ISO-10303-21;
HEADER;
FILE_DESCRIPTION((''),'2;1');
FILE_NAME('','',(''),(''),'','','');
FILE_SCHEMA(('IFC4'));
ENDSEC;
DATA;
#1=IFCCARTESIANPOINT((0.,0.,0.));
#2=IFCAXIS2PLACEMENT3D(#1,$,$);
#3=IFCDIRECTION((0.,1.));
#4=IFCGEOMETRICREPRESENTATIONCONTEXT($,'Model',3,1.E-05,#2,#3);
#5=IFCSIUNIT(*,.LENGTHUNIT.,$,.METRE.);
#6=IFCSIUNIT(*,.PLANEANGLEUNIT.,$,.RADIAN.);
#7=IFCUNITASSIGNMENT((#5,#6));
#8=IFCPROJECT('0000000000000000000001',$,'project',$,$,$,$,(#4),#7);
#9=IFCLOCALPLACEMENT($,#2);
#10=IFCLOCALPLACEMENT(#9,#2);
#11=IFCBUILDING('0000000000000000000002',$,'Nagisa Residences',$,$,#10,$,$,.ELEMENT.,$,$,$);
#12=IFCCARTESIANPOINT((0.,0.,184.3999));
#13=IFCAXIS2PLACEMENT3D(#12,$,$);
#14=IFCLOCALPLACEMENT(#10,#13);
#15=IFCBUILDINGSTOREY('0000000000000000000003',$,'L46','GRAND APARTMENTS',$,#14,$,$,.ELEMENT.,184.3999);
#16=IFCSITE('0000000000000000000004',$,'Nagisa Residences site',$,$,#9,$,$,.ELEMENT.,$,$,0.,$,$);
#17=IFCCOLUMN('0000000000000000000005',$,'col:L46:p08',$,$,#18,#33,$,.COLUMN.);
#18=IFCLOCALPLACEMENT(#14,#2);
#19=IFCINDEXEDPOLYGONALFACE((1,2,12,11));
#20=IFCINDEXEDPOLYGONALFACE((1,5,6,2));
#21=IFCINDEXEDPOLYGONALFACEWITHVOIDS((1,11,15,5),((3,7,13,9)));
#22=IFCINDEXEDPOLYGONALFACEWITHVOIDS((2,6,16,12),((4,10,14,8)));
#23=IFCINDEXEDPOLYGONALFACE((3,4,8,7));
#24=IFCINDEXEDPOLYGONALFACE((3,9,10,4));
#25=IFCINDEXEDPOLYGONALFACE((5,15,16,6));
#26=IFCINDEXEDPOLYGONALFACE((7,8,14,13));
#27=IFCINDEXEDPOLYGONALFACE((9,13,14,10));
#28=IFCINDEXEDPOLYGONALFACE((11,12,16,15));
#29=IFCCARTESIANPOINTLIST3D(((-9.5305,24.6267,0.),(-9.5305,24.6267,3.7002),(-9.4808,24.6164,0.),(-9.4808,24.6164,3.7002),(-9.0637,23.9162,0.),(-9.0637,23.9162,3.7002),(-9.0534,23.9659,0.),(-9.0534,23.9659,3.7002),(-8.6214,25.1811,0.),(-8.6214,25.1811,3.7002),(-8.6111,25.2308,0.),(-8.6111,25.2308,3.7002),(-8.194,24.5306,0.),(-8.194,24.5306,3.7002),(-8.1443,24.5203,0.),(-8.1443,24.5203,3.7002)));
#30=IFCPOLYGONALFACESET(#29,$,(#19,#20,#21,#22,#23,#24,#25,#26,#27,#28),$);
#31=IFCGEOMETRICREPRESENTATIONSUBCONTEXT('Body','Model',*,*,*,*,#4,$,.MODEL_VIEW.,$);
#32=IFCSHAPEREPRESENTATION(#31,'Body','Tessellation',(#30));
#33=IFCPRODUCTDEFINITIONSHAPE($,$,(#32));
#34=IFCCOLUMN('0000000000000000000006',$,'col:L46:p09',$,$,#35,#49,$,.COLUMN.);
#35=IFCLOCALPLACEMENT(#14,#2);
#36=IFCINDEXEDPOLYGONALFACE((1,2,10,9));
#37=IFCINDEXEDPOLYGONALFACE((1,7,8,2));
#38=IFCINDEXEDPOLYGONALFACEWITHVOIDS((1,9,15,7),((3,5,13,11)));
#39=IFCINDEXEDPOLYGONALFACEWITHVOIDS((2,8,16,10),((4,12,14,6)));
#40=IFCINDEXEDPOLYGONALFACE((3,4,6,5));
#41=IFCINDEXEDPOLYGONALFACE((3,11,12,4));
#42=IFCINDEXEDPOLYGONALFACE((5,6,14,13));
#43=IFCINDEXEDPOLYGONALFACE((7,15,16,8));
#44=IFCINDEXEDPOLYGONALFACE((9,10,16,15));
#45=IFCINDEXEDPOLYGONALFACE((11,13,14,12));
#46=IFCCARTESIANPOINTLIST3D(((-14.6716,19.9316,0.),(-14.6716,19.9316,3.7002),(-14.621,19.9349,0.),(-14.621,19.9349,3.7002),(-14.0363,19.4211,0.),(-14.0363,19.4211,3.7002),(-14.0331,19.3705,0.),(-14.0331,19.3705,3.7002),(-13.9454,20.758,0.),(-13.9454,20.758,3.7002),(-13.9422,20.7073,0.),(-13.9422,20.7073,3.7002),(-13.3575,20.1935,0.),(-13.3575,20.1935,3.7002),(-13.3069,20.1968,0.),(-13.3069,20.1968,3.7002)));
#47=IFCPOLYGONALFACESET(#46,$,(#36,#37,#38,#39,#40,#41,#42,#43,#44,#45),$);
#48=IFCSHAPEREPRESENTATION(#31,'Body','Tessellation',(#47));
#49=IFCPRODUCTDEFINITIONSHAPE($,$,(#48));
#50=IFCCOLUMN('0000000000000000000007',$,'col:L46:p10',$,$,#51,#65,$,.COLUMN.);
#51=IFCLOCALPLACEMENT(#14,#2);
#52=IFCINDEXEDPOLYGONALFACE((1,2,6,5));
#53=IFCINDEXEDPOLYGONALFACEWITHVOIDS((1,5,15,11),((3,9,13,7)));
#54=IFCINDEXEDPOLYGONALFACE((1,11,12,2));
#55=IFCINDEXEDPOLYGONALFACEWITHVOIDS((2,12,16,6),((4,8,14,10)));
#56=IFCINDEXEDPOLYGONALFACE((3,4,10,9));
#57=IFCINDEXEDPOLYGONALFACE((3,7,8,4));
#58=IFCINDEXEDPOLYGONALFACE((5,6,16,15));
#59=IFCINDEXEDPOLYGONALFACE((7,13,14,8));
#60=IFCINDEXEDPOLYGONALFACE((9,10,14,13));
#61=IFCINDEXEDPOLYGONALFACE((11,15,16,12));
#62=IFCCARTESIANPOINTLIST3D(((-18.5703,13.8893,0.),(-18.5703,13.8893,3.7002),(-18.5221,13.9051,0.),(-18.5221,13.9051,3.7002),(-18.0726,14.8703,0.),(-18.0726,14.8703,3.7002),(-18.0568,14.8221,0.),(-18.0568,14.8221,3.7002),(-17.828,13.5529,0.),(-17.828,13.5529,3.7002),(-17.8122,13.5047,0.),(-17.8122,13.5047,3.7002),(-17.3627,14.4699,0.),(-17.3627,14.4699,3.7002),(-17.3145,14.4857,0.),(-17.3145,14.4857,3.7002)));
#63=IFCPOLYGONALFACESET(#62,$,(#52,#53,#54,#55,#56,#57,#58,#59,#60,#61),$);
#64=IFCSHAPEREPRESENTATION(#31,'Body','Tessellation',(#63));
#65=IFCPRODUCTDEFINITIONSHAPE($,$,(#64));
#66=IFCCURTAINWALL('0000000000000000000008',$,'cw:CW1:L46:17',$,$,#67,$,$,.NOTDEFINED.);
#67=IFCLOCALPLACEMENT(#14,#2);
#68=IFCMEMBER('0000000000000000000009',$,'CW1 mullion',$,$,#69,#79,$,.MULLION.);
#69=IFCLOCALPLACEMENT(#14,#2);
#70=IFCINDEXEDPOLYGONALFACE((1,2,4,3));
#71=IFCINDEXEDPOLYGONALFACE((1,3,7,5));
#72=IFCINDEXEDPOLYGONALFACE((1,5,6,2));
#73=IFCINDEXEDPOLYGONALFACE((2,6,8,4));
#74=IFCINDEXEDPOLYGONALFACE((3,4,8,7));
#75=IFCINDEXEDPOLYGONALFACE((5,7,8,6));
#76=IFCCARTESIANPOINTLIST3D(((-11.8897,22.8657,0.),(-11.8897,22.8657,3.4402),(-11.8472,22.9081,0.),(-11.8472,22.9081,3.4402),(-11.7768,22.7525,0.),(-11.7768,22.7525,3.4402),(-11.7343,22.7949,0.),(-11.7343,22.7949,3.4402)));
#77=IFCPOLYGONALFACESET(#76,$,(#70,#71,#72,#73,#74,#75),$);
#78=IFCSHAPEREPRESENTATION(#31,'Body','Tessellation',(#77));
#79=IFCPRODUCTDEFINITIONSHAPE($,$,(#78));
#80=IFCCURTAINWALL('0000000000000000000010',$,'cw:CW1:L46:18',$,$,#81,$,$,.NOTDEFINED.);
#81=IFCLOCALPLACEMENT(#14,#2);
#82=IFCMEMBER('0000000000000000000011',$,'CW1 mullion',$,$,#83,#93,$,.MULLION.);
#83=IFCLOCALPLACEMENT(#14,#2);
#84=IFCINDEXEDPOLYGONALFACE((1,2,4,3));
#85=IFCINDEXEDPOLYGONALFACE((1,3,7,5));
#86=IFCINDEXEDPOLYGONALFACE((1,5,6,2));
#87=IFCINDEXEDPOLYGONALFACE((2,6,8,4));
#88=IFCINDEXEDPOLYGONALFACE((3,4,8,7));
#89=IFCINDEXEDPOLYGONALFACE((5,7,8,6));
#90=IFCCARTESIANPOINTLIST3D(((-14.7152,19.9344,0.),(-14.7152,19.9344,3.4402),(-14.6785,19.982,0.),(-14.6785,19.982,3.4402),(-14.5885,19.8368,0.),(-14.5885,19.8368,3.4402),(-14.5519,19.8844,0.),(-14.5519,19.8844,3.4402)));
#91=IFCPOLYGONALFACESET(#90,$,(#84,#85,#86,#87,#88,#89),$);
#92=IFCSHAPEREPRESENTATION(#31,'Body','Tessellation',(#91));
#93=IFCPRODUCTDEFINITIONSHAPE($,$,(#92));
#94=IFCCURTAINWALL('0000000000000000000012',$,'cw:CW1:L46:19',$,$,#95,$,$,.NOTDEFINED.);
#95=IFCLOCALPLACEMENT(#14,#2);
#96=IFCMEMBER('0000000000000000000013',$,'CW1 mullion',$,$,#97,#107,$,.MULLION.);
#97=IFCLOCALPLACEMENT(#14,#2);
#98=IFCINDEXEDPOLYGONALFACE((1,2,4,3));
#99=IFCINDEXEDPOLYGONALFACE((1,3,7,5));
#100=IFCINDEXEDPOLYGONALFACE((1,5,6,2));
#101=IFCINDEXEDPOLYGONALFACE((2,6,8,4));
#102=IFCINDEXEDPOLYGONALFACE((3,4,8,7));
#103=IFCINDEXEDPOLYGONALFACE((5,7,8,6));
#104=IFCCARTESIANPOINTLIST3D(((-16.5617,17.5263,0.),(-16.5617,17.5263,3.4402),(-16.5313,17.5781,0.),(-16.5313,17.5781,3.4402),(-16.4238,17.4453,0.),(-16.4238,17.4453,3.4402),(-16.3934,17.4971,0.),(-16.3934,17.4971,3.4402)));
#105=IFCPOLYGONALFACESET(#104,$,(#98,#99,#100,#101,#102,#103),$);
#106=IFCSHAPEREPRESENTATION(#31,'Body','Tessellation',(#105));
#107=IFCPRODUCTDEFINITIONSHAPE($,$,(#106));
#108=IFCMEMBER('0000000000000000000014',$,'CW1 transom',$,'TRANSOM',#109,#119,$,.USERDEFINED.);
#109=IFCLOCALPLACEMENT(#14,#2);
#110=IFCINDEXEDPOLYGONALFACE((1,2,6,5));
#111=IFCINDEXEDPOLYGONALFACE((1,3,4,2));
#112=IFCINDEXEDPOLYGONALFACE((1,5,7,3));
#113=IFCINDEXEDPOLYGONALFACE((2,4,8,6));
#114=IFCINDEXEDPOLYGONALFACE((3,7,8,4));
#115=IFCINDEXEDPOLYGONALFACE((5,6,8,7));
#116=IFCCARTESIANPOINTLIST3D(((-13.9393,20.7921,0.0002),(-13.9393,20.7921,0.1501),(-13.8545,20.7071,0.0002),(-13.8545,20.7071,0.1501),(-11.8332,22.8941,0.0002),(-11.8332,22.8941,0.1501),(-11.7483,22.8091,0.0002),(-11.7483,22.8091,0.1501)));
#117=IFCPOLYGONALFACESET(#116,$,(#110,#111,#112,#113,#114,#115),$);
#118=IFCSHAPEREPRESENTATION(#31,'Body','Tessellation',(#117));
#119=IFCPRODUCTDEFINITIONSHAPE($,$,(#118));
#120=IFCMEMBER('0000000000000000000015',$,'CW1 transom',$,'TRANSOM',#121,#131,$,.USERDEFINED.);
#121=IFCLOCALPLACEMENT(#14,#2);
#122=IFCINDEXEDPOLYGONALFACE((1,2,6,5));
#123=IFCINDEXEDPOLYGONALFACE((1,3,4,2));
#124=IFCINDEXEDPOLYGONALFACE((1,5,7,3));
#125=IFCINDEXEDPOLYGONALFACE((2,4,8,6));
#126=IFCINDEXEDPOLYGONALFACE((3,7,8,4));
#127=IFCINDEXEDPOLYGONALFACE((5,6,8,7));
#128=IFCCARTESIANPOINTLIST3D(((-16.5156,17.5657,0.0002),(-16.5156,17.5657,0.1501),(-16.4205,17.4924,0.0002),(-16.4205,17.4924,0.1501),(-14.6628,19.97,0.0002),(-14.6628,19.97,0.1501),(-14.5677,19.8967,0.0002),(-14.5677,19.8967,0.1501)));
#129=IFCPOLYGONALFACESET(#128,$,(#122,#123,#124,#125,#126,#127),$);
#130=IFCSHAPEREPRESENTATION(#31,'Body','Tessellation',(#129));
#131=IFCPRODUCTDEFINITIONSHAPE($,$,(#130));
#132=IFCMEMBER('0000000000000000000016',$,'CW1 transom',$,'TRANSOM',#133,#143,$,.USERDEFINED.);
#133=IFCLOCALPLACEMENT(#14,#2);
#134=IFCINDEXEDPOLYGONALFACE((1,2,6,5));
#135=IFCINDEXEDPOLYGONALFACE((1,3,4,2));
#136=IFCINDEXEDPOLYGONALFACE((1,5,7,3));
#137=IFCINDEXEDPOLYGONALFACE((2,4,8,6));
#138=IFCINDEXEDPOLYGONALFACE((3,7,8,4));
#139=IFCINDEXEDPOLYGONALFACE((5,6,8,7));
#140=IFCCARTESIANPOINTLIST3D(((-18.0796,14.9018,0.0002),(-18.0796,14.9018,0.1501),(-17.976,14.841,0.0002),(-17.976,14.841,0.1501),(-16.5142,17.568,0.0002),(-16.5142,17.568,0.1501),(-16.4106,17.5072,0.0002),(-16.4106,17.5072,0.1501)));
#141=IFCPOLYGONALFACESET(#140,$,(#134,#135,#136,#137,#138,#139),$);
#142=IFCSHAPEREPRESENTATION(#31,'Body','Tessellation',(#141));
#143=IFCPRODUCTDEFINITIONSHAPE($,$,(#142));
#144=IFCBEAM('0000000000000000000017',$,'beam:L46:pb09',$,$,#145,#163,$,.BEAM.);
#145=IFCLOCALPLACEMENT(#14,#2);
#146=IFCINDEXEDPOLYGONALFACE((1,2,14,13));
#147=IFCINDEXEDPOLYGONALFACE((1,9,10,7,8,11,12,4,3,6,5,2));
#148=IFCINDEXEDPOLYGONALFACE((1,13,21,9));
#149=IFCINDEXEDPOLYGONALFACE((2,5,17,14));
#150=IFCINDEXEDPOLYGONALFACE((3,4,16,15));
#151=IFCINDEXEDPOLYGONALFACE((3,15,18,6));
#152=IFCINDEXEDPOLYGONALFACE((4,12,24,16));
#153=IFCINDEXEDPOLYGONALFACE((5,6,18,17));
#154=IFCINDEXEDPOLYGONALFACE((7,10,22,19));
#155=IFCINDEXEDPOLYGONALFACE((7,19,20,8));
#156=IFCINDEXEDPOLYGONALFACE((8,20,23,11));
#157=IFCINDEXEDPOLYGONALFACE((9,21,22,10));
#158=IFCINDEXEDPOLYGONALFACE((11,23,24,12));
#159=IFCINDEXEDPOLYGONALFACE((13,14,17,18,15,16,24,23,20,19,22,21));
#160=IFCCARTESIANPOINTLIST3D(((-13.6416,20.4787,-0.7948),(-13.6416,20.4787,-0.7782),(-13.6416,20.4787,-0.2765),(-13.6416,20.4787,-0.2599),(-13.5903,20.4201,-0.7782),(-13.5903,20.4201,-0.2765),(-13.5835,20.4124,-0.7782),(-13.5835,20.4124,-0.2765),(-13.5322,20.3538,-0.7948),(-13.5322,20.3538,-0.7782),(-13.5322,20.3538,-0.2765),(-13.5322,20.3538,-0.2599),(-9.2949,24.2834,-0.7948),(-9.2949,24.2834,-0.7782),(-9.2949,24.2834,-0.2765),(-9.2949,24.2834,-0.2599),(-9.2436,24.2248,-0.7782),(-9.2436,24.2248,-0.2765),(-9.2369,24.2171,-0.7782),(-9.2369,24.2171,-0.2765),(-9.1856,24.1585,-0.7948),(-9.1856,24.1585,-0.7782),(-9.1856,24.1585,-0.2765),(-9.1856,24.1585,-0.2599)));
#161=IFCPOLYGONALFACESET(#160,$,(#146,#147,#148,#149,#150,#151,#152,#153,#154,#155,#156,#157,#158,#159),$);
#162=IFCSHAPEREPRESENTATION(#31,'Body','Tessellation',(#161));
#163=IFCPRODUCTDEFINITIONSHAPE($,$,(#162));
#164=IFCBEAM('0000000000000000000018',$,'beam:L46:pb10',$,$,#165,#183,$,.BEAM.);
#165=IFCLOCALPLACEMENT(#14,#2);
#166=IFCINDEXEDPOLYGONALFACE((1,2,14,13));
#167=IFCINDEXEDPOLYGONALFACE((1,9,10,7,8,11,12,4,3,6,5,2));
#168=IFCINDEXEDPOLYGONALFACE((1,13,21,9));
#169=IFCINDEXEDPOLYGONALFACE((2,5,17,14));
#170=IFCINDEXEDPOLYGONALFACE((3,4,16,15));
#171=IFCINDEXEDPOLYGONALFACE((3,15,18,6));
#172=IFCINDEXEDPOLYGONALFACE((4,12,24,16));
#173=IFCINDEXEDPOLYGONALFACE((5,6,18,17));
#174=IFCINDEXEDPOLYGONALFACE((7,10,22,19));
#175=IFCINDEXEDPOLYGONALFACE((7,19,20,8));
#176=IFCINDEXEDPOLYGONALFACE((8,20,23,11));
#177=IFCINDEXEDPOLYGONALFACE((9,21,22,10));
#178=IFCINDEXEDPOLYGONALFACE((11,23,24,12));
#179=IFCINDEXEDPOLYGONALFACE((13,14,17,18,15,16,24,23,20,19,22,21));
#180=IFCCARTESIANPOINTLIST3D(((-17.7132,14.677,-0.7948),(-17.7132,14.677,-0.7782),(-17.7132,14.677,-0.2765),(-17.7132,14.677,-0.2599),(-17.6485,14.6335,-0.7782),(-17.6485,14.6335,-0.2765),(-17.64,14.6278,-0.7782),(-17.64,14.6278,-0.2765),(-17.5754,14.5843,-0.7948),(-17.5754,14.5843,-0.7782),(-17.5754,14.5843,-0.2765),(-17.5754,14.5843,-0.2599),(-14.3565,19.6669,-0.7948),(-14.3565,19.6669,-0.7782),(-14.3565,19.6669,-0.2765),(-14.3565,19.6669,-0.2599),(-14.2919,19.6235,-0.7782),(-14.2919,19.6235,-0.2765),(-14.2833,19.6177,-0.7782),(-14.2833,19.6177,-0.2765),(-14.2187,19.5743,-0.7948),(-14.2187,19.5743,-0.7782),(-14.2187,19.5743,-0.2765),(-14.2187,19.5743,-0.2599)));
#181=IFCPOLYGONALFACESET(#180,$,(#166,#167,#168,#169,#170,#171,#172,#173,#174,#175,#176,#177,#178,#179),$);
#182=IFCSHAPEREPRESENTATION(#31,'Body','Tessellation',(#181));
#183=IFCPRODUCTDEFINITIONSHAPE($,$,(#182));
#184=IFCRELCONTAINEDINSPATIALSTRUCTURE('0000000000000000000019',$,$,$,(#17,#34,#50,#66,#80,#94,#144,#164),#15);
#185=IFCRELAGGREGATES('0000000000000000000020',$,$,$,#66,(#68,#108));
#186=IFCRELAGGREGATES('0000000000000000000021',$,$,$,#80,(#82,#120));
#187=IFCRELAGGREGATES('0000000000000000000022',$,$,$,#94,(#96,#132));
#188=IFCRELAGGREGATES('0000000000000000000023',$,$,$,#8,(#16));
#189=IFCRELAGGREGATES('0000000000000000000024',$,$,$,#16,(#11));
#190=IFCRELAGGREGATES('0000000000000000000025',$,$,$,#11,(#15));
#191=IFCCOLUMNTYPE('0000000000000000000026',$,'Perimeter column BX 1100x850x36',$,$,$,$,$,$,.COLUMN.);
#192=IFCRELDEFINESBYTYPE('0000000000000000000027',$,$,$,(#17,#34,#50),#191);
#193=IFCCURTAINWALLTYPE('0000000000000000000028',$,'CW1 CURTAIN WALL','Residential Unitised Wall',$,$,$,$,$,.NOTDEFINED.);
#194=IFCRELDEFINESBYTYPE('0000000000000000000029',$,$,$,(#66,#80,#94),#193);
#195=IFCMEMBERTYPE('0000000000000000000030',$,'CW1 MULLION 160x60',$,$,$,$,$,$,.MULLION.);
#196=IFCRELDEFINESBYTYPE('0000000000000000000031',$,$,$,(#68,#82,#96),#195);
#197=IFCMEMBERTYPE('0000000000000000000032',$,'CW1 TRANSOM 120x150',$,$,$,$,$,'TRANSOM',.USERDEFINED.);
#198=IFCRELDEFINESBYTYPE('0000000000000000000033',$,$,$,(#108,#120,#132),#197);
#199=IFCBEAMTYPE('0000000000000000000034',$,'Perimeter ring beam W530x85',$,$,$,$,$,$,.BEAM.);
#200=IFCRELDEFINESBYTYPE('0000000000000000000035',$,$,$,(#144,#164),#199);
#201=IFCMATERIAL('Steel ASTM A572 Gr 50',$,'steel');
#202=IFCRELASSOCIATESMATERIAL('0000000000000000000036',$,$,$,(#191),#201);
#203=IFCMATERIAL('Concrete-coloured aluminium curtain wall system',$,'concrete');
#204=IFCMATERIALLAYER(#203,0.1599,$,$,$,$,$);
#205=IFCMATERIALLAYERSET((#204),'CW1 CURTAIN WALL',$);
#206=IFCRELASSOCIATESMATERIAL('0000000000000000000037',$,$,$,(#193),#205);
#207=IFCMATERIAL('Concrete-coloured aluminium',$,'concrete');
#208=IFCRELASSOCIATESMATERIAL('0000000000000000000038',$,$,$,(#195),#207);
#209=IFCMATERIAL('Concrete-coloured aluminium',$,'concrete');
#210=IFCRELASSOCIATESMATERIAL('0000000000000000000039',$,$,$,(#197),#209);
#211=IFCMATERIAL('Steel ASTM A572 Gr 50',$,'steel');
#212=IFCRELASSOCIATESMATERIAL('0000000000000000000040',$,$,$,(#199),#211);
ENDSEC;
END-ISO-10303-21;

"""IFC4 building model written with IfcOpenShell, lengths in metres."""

from ifc_helpers import new_model, si_unit, direction, frame, origin, origin_2d, place, context, subcontext, project, spatial, rectangle, hollow_rectangle, i_section, extrude, material, layer, layer_set, material_profile, profile_set, type_object, element, aggregate, save


model = new_model("IFC4")

# Units and contexts
model_context = context("Model", 3, precision=1e-05, world=origin(), true_north=direction((0.0, 1.0)))
body_context = subcontext(model_context, "Body", "Model", "MODEL_VIEW")
ifc_project = project(units=[si_unit("LENGTHUNIT", "METRE"), si_unit("PLANEANGLEUNIT", "RADIAN")], contexts=[model_context])

# Site, building, storey
site_placement = place(None, origin())
site = spatial("IfcSite", under=ifc_project, at=site_placement, Name="Nagisa Residences site", CompositionType="ELEMENT", RefElevation=0.0)
building_placement = place(site_placement, origin())
building = spatial("IfcBuilding", under=site, at=building_placement, Name="Nagisa Residences", CompositionType="ELEMENT")
storey_placement = place(building_placement, frame((0.0, 0.0, 184.3999)))
storey = spatial("IfcBuildingStorey", under=building, at=storey_placement, Name="L46", Description="GRAND APARTMENTS", CompositionType="ELEMENT", Elevation=184.3999)

# Columns
ifc_material_1 = material(Name="Steel ASTM A572 Gr 50", Category="steel")
ifc_material_profile_1 = material_profile(ifc_material_1, hollow_rectangle(XDim=1.1001, YDim=0.8501, WallThickness=0.0359, at=origin_2d()), Name="BX 1100x850x36")
ifc_profile_set_1 = profile_set([ifc_material_profile_1], Name="Steel ASTM A572 Gr 50")
column_type = type_object("IfcColumnType", Name="Perimeter column BX 1100x850x36", PredefinedType="COLUMN", material=ifc_profile_set_1)
for number, where, z_axis, x_axis, name in (
    (1, (-8.8374, 24.5735, 0.0), (0.0, 0.0, 1.0), (-0.835766, -0.549086, 0.0), "col:L46:p08"),
    (2, (-13.9893, 20.0642, 0.0), (0.0, 0.0, 1.0), (-0.660115, -0.751165, 0.0), "col:L46:p09"),
    (3, (-17.9424, 14.1875, 0.0), (0.0, 0.0, 1.0), (-0.452463, -0.891783, 0.0), "col:L46:p10"),
):
    element("IfcColumn", number, at=place(storey_placement, frame(where, z_axis=z_axis, x_axis=x_axis)), inside=storey, type_object=column_type, Name=name, PredefinedType="COLUMN", context=body_context, shape_type="SweptSolid", body=[
        extrude(hollow_rectangle(XDim=1.1001, YDim=0.8501, WallThickness=0.0359, at=origin_2d()), origin(), (0.0, 0.0, 1.0), 3.7002),
    ])

# Curtain walls, members
ifc_material_2 = material(Name="Concrete-coloured aluminium curtain wall system", Category="concrete")
ifc_layer_1 = layer(ifc_material_2, 0.1599)
ifc_layer_set_1 = layer_set([ifc_layer_1], Name="CW1 CURTAIN WALL")
curtain_wall_type = type_object("IfcCurtainWallType", Name="CW1 CURTAIN WALL", Description="Residential Unitised Wall", PredefinedType="NOTDEFINED", material=ifc_layer_set_1)
curtain_wall_1_placement = place(storey_placement, origin())
curtain_wall_1 = element("IfcCurtainWall", 4, at=curtain_wall_1_placement, inside=storey, type_object=curtain_wall_type, Name="cw:CW1:L46:17", PredefinedType="NOTDEFINED")
ifc_material_3 = material(Name="Concrete-coloured aluminium", Category="concrete")
ifc_material_profile_2 = material_profile(ifc_material_3, rectangle(XDim=0.1599, YDim=0.0601, at=origin_2d()), Name="CW1 MULLION 160x60")
ifc_profile_set_2 = profile_set([ifc_material_profile_2], Name="Concrete-coloured aluminium")
member_type_1 = type_object("IfcMemberType", Name="CW1 MULLION 160x60", PredefinedType="MULLION", material=ifc_profile_set_2)
member_1_placement = place(storey_placement, frame((-11.812, 22.8303, 0.0), z_axis=(0.0, 0.0, 1.0), x_axis=(0.706377, -0.707836, 0.0)))
member_1 = element("IfcMember", 5, at=member_1_placement, type_object=member_type_1, Name="CW1 mullion", PredefinedType="MULLION", context=body_context, shape_type="SweptSolid", body=[
    extrude(rectangle(XDim=0.1599, YDim=0.0601, at=origin_2d()), origin(), (0.0, 0.0, 1.0), 3.4402),
])
curtain_wall_2_placement = place(storey_placement, origin())
curtain_wall_2 = element("IfcCurtainWall", 6, at=curtain_wall_2_placement, inside=storey, type_object=curtain_wall_type, Name="cw:CW1:L46:18", PredefinedType="NOTDEFINED")
member_2_placement = place(storey_placement, frame((-14.6335, 19.9094, 0.0), z_axis=(0.0, 0.0, 1.0), x_axis=(0.79207, -0.61043, 0.0)))
member_2 = element("IfcMember", 7, at=member_2_placement, type_object=member_type_1, Name="CW1 mullion", PredefinedType="MULLION", context=body_context, shape_type="SweptSolid", body=[
    extrude(rectangle(XDim=0.1599, YDim=0.0601, at=origin_2d()), origin(), (0.0, 0.0, 1.0), 3.4402),
])
curtain_wall_3_placement = place(storey_placement, origin())
curtain_wall_3 = element("IfcCurtainWall", 8, at=curtain_wall_3_placement, inside=storey, type_object=curtain_wall_type, Name="cw:CW1:L46:19", PredefinedType="NOTDEFINED")
member_3_placement = place(storey_placement, frame((-16.4775, 17.5117, 0.0), z_axis=(0.0, 0.0, 1.0), x_axis=(0.862329, -0.506349, 0.0)))
member_3 = element("IfcMember", 9, at=member_3_placement, type_object=member_type_1, Name="CW1 mullion", PredefinedType="MULLION", context=body_context, shape_type="SweptSolid", body=[
    extrude(rectangle(XDim=0.1599, YDim=0.0601, at=origin_2d()), origin(), (0.0, 0.0, 1.0), 3.4402),
])

# Members
ifc_material_4 = material(Name="Concrete-coloured aluminium", Category="concrete")
ifc_material_profile_3 = material_profile(ifc_material_4, rectangle(XDim=0.1201, YDim=0.1499, at=origin_2d()), Name="CW1 TRANSOM 120x150")
ifc_profile_set_3 = profile_set([ifc_material_profile_3], Name="Concrete-coloured aluminium")
member_type_2 = type_object("IfcMemberType", Name="CW1 TRANSOM 120x150", ElementType="TRANSOM", PredefinedType="USERDEFINED", material=ifc_profile_set_3)
member_4_placement = place(storey_placement, frame((-11.7908, 22.8516, 0.0752), z_axis=(-0.707804, -0.706409, 0.0), x_axis=(0.706409, -0.707804, 0.0)))
member_4 = element("IfcMember", 10, at=member_4_placement, type_object=member_type_2, Name="CW1 transom", ObjectType="TRANSOM", PredefinedType="USERDEFINED", context=body_context, shape_type="SweptSolid", body=[
    extrude(rectangle(XDim=0.1201, YDim=0.1499, at=origin_2d()), origin(), (0.0, 0.0, 1.0), 2.9756),
])
member_5_placement = place(storey_placement, frame((-14.6152, 19.9333, 0.0752), z_axis=(-0.610399, -0.792094, 0.0), x_axis=(0.792094, -0.610399, 0.0)))
member_5 = element("IfcMember", 11, at=member_5_placement, type_object=member_type_2, Name="CW1 transom", ObjectType="TRANSOM", PredefinedType="USERDEFINED", context=body_context, shape_type="SweptSolid", body=[
    extrude(rectangle(XDim=0.1201, YDim=0.1499, at=origin_2d()), origin(), (0.0, 0.0, 1.0), 3.0354),
])
member_6_placement = place(storey_placement, frame((-16.4624, 17.5376, 0.0752), z_axis=(-0.506309, -0.862352, 0.0), x_axis=(0.862352, -0.506309, 0.0)))
member_6 = element("IfcMember", 12, at=member_6_placement, type_object=member_type_2, Name="CW1 transom", ObjectType="TRANSOM", PredefinedType="USERDEFINED", context=body_context, shape_type="SweptSolid", body=[
    extrude(rectangle(XDim=0.1201, YDim=0.1499, at=origin_2d()), origin(), (0.0, 0.0, 1.0), 3.0918),
])

# Beams
ifc_material_5 = material(Name="Steel ASTM A572 Gr 50", Category="steel")
ifc_material_profile_4 = material_profile(ifc_material_5, i_section(OverallWidth=0.166, OverallDepth=0.5349, WebThickness=0.0103, FlangeThickness=0.0166, at=origin_2d()), Name="W530x85")
ifc_profile_set_4 = profile_set([ifc_material_profile_4], Name="Steel ASTM A572 Gr 50")
beam_type_1 = type_object("IfcBeamType", Name="Perimeter ring beam W530x85", PredefinedType="BEAM", material=ifc_profile_set_4)
beam_1_placement = place(storey_placement, frame((-9.2402, 24.2209, -0.5273), z_axis=(-0.752461, -0.658636, 0.0), x_axis=(0.658636, -0.752461, 0.0)))
element("IfcBeam", 13, at=beam_1_placement, inside=storey, type_object=beam_type_1, Name="beam:L46:pb09", PredefinedType="BEAM", context=body_context, shape_type="SweptSolid", body=[
    extrude(i_section(OverallWidth=0.166, OverallDepth=0.5349, WebThickness=0.0103, FlangeThickness=0.0166, at=origin_2d()), origin(), (0.0, 0.0, 1.0), 5.7766),
])
beam_2_placement = place(storey_placement, frame((-14.2876, 19.6206, -0.5273), z_axis=(-0.558152, -0.829739, 0.0), x_axis=(0.829739, -0.558152, 0.0)))
element("IfcBeam", 14, at=beam_2_placement, inside=storey, type_object=beam_type_1, Name="beam:L46:pb10", PredefinedType="BEAM", context=body_context, shape_type="SweptSolid", body=[
    extrude(i_section(OverallWidth=0.166, OverallDepth=0.5349, WebThickness=0.0103, FlangeThickness=0.0166, at=origin_2d()), origin(), (0.0, 0.0, 1.0), 6.0139),
])

aggregate(curtain_wall_1, [member_1, member_4])
aggregate(curtain_wall_2, [member_2, member_5])
aggregate(curtain_wall_3, [member_3, member_6])

save(model, "model.ifc")
